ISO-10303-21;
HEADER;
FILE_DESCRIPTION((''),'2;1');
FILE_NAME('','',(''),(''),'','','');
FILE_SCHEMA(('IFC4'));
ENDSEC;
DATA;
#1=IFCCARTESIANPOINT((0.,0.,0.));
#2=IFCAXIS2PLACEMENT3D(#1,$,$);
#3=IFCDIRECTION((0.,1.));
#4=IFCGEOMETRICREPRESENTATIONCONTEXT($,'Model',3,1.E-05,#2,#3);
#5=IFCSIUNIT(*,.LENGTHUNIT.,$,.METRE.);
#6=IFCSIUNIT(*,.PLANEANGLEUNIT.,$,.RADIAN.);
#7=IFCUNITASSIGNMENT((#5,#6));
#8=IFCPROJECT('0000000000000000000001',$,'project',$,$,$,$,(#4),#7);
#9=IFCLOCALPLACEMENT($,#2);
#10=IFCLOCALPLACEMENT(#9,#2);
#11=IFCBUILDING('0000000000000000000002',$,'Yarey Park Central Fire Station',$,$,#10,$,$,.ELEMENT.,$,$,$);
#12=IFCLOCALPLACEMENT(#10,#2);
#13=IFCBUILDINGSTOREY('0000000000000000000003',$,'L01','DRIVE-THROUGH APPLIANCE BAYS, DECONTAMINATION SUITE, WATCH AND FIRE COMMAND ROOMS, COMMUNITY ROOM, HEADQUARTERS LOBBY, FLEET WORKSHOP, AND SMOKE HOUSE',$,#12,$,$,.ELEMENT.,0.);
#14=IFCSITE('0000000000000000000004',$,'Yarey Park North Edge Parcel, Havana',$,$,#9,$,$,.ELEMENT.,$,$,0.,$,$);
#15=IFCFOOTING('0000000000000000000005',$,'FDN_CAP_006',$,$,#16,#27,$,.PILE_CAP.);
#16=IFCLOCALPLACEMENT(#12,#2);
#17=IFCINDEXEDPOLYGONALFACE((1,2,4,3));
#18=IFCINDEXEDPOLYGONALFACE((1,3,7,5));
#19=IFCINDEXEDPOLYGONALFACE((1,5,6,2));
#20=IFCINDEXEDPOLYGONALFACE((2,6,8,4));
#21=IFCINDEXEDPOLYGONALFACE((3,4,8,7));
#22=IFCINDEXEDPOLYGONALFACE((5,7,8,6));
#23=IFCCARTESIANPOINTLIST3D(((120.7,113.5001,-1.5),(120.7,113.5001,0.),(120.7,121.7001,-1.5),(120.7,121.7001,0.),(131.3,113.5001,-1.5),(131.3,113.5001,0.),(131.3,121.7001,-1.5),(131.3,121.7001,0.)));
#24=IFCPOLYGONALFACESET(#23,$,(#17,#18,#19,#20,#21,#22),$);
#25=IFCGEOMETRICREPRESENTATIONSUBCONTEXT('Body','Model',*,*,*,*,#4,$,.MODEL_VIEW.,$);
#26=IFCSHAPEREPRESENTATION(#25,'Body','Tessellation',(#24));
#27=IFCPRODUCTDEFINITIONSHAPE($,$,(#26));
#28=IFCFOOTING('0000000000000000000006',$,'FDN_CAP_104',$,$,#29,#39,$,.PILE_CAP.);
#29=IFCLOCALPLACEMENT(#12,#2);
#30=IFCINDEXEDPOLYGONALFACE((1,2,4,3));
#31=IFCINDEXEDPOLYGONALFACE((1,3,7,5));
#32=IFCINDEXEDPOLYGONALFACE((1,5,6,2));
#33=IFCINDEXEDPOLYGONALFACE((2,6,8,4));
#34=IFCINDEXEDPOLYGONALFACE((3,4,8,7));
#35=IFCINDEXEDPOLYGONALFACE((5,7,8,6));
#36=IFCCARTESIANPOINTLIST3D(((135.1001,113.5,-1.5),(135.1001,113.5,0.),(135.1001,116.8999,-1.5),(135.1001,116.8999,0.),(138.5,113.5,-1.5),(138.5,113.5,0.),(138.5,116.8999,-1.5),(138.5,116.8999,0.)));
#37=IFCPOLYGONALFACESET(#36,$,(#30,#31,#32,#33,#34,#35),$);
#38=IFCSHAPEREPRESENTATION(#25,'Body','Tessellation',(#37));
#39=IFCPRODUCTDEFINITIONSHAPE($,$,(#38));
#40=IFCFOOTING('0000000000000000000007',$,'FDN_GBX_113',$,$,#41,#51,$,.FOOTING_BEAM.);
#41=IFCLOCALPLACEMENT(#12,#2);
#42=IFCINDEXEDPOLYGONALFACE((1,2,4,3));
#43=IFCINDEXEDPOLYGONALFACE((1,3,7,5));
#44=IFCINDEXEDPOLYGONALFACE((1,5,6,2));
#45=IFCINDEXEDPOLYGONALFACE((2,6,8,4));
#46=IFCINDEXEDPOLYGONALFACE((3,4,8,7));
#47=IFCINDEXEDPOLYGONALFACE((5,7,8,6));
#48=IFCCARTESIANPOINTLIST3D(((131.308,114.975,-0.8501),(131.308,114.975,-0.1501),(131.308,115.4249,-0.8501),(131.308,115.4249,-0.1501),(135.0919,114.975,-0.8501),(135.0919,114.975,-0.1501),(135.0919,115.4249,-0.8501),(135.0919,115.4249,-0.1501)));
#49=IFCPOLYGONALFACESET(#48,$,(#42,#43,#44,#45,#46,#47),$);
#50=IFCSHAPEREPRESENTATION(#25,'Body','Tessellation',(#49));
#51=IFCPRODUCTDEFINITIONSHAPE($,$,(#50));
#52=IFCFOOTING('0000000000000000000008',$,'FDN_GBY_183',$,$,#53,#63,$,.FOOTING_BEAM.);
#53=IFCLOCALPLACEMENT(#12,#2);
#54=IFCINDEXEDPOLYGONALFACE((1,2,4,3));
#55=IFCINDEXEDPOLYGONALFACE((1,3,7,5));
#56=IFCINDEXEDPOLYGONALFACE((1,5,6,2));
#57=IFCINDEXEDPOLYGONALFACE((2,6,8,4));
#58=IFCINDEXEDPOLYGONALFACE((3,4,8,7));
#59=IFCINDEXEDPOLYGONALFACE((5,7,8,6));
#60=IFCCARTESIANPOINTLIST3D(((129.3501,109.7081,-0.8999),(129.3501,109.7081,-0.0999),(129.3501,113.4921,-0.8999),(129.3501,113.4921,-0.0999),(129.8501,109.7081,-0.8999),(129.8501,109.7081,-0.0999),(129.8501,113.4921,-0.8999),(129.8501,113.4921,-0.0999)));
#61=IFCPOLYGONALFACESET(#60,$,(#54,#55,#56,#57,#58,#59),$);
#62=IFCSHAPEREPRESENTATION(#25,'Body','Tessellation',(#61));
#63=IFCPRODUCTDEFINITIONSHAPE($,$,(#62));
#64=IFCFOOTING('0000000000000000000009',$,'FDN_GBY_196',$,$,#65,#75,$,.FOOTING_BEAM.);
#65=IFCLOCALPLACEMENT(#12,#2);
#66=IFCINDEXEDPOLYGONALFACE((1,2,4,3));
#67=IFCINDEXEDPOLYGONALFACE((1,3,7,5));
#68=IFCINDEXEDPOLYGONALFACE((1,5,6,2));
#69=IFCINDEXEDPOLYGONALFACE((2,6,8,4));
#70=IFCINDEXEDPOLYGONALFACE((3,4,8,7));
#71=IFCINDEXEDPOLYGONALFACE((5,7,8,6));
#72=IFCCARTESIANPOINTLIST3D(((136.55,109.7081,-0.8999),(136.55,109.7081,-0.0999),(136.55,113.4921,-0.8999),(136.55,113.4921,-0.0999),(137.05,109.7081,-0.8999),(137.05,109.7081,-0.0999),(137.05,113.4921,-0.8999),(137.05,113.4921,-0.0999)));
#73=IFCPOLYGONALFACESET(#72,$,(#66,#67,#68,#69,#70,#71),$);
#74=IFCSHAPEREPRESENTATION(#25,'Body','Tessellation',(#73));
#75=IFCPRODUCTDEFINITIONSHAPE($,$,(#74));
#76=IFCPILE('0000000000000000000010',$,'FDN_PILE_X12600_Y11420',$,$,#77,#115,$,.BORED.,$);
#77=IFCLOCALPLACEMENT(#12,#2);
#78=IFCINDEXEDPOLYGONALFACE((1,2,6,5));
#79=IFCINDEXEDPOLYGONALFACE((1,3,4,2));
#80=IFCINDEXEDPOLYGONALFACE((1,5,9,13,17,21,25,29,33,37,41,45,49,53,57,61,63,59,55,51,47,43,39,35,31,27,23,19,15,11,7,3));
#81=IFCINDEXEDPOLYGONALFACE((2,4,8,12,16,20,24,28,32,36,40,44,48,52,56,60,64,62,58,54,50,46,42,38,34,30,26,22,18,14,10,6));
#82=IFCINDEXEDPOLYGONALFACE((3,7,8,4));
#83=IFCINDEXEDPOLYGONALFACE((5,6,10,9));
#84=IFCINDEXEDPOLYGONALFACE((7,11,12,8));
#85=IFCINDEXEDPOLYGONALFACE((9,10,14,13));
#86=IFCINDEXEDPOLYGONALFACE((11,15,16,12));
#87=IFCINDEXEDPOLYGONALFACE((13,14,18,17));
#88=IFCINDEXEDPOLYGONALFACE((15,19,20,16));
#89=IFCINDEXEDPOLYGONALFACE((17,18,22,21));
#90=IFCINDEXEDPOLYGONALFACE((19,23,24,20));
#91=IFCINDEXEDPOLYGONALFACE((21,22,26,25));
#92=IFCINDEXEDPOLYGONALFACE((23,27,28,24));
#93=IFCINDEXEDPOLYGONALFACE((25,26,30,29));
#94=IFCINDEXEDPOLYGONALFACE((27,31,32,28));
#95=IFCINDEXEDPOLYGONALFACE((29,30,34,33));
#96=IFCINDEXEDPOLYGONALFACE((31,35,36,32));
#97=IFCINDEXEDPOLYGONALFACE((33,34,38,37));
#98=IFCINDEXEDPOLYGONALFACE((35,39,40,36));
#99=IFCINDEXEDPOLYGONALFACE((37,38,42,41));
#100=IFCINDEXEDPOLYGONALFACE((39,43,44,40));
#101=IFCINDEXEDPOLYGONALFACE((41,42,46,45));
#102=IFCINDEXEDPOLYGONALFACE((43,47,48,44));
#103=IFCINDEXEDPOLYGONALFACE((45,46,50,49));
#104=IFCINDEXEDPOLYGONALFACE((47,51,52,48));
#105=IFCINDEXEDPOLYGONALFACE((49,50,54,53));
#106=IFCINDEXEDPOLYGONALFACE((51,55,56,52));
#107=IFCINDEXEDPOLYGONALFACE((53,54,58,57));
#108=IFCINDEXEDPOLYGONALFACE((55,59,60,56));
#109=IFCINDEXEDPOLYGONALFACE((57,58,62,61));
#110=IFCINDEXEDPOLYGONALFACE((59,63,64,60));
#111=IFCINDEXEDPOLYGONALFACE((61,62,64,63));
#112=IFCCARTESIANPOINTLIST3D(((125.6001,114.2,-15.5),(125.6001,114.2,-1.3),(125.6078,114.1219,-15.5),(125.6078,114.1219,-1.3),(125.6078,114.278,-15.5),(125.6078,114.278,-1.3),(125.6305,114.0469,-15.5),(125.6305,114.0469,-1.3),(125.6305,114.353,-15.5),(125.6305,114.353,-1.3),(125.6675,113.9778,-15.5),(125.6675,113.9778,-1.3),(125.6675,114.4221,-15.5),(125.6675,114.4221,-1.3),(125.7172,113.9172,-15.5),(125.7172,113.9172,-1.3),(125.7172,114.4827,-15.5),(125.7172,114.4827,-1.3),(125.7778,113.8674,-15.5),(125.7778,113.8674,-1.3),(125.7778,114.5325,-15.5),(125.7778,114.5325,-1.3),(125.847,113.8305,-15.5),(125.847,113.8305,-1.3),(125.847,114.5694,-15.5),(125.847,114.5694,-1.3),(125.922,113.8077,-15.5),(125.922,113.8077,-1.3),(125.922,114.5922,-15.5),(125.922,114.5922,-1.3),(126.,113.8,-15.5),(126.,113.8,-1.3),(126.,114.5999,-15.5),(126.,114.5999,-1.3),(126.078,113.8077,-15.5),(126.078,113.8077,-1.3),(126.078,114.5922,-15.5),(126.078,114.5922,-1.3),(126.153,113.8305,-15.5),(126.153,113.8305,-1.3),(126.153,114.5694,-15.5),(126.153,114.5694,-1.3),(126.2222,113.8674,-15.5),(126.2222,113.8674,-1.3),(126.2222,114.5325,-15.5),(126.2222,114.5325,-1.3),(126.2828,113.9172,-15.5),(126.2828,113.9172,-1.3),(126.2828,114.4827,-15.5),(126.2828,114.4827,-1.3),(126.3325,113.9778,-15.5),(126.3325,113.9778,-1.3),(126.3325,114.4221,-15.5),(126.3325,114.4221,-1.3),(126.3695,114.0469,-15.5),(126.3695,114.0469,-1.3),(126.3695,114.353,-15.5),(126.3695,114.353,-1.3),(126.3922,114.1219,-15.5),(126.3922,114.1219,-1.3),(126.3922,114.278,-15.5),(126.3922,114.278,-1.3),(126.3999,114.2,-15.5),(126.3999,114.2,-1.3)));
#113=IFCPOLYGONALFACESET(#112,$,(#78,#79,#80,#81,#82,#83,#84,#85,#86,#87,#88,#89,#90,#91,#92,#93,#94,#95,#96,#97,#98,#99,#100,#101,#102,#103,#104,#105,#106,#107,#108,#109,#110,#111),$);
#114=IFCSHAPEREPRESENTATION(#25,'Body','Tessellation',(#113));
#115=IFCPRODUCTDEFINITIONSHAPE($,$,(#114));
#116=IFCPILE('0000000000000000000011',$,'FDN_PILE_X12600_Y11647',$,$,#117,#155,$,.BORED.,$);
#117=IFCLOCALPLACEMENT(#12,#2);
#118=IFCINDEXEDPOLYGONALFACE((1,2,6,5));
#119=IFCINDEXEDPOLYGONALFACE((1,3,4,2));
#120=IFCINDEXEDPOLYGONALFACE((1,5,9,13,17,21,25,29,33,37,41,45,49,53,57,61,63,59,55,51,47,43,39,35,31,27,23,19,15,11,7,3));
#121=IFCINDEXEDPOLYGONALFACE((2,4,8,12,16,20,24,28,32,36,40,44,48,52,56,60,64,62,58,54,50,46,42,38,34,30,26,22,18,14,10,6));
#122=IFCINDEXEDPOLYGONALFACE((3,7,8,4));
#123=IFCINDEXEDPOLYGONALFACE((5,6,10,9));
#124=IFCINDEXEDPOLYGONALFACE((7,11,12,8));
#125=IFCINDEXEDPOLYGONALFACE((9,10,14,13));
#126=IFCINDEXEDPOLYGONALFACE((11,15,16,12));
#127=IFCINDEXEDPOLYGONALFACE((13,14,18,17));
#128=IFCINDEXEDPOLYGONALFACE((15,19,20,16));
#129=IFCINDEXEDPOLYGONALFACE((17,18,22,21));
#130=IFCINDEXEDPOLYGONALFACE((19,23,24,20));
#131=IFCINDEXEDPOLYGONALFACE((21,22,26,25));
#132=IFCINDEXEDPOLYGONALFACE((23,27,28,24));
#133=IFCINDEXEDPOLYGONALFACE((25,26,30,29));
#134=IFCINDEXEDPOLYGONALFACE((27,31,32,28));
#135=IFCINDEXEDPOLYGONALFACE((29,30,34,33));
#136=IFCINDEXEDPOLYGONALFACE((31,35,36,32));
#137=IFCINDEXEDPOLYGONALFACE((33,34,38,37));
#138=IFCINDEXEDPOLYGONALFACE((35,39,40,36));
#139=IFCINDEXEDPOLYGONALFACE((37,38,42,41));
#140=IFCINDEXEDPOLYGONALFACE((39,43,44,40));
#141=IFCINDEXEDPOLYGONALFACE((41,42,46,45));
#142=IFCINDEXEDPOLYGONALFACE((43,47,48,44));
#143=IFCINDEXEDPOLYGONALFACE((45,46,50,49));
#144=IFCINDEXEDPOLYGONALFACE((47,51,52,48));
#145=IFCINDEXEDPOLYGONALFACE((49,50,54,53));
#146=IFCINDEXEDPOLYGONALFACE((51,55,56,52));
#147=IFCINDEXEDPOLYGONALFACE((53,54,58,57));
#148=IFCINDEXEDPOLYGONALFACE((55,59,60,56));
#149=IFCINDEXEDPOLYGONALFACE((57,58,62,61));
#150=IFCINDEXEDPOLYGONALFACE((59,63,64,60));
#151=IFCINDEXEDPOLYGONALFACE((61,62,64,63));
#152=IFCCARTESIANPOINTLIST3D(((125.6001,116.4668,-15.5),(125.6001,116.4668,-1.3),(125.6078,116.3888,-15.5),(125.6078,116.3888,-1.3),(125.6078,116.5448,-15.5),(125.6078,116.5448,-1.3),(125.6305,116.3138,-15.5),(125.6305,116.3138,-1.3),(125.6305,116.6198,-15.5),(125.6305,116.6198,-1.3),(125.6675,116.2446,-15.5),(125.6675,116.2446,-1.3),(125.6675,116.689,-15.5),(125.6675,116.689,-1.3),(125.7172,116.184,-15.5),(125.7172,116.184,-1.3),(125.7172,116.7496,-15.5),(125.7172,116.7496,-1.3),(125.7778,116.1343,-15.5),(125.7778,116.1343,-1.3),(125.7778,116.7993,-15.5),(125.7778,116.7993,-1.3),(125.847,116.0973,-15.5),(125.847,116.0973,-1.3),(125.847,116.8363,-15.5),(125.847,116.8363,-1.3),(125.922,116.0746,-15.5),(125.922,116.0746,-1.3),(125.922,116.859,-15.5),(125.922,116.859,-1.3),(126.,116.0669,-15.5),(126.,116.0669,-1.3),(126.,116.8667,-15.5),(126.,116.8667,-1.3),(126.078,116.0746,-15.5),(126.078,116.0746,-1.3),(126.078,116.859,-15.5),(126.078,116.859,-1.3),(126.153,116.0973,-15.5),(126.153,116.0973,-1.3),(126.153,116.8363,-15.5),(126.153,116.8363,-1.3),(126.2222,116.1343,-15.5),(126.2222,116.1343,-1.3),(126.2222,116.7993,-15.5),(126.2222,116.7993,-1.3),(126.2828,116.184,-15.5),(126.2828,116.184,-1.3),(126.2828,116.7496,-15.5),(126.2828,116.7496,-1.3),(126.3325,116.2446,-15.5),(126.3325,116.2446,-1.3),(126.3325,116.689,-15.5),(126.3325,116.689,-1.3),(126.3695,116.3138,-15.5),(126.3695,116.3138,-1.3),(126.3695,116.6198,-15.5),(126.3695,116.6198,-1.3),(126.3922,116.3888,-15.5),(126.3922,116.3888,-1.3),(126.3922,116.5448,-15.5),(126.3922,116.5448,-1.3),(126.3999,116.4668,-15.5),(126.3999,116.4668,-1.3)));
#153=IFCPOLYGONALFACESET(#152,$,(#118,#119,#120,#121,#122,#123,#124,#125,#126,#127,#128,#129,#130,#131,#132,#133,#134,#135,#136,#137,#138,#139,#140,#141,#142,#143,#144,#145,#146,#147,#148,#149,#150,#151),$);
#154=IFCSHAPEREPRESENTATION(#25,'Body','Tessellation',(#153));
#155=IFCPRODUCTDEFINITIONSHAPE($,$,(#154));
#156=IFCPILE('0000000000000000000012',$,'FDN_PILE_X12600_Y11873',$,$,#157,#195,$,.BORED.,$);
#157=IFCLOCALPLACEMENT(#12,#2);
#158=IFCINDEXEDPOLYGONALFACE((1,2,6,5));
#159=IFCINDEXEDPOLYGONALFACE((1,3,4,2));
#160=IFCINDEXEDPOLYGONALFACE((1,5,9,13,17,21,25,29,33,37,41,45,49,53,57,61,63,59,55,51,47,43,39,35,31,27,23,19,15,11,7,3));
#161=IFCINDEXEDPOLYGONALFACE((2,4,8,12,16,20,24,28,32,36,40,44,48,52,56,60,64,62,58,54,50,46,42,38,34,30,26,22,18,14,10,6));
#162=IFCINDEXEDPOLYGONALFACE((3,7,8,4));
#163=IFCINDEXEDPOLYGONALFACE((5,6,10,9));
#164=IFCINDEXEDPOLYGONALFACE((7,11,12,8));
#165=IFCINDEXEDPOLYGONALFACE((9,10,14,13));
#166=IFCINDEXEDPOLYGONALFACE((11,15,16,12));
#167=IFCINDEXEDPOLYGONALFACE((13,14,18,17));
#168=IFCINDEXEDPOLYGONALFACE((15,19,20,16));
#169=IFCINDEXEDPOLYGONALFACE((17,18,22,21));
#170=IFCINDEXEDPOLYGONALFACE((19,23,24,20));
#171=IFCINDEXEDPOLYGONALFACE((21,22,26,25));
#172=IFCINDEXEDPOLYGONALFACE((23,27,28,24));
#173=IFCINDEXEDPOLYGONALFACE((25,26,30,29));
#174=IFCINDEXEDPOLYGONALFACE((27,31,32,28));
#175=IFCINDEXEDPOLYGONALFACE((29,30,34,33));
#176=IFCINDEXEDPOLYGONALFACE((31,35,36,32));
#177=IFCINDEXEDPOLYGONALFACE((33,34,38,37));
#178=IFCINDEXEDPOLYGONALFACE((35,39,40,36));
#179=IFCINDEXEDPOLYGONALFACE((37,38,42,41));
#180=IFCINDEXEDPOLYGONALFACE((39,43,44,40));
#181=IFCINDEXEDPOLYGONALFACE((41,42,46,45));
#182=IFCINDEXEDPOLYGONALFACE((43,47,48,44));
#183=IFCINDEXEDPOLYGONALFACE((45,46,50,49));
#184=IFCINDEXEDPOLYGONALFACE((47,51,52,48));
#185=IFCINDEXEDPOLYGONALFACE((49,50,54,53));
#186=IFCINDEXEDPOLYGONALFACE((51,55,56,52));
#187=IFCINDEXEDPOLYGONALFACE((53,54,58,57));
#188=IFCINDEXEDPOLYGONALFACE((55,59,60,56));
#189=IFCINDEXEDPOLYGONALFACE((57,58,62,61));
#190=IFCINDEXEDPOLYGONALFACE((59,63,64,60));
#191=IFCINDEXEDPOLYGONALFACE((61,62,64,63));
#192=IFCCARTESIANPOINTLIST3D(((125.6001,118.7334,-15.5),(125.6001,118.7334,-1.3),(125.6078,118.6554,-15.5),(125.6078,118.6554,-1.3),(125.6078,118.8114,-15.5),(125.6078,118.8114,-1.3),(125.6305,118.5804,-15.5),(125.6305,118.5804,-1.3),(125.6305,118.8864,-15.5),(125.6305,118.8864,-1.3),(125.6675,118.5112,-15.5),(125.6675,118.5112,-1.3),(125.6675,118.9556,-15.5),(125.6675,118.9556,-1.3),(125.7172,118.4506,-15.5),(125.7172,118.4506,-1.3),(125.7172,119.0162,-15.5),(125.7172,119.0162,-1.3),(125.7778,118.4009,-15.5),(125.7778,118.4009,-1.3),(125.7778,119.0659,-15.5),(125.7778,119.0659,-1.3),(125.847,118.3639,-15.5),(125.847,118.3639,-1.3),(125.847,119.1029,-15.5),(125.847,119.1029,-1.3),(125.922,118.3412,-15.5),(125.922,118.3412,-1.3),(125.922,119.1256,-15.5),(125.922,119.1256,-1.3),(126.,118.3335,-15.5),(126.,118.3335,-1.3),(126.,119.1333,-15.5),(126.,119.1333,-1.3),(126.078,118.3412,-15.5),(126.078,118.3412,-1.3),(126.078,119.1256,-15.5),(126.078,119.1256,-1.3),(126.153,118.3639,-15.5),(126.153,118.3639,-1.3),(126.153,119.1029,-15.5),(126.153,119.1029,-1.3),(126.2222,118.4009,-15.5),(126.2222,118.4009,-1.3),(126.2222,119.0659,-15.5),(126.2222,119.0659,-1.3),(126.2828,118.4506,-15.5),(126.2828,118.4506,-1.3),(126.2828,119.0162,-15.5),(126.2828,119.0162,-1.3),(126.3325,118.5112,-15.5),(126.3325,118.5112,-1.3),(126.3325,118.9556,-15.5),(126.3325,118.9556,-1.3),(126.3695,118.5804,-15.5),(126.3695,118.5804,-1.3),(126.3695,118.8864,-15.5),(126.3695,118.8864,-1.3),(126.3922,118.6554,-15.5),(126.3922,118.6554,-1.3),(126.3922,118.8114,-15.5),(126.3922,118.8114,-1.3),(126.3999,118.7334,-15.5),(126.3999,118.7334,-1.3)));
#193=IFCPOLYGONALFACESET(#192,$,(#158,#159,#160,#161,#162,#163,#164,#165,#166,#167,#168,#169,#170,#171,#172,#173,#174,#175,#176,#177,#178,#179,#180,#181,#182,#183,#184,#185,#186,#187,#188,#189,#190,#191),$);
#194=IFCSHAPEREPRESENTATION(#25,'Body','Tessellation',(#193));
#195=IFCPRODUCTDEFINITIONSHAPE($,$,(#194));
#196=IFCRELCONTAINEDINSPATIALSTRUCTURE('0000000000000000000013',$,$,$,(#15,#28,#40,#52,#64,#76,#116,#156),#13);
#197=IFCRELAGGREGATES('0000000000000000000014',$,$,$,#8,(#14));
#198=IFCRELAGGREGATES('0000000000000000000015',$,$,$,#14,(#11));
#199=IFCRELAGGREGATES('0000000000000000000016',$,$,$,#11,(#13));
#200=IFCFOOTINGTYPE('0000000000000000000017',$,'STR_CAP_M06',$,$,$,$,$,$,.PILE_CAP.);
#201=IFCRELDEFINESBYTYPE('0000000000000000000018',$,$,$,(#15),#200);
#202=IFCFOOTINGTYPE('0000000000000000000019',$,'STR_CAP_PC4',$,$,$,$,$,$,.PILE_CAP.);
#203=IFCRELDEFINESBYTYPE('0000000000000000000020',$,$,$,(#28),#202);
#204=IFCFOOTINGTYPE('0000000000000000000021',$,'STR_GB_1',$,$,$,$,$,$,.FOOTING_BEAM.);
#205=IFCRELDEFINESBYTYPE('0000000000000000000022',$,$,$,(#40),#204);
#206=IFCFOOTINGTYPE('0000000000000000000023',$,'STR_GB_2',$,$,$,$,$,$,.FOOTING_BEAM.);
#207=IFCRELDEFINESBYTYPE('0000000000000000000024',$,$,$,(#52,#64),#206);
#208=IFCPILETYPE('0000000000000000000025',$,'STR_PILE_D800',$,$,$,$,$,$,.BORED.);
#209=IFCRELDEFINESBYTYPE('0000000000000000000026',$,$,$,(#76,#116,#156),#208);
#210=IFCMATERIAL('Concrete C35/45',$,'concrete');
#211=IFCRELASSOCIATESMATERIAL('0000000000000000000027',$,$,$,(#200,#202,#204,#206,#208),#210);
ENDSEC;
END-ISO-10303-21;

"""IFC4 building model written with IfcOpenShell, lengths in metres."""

from ifc_helpers import new_model, si_unit, direction, frame, origin, origin_2d, place, context, subcontext, project, spatial, rectangle, circle, extrude, material, material_profile, profile_set, type_object, element, save


model = new_model("IFC4")

# Units and contexts
model_context = context("Model", 3, precision=1e-05, world=origin(), true_north=direction((0.0, 1.0)))
body_context = subcontext(model_context, "Body", "Model", "MODEL_VIEW")
ifc_project = project(units=[si_unit("LENGTHUNIT", "METRE"), si_unit("PLANEANGLEUNIT", "RADIAN")], contexts=[model_context])

# Site, building, storey
site_placement = place(None, origin())
site = spatial("IfcSite", under=ifc_project, at=site_placement, Name="Yarey Park North Edge Parcel, Havana", CompositionType="ELEMENT", RefElevation=0.0)
building_placement = place(site_placement, origin())
building = spatial("IfcBuilding", under=site, at=building_placement, Name="Yarey Park Central Fire Station", CompositionType="ELEMENT")
storey_placement = place(building_placement, origin())
storey = spatial("IfcBuildingStorey", under=building, at=storey_placement, Name="L01", Description="DRIVE-THROUGH APPLIANCE BAYS, DECONTAMINATION SUITE, WATCH AND FIRE COMMAND ROOMS, COMMUNITY ROOM, HEADQUARTERS LOBBY, FLEET WORKSHOP, AND SMOKE HOUSE", CompositionType="ELEMENT", Elevation=0.0)

# Footings
ifc_material_1 = material(Name="Concrete C35/45", Category="concrete")
footing_type_1 = type_object("IfcFootingType", Name="STR_CAP_M06", PredefinedType="PILE_CAP", material=ifc_material_1)
footing_1_placement = place(storey_placement, frame((126.0, 117.6001, -1.5), z_axis=(0.0, 0.0, 1.0), x_axis=(1.0, 0.0, 0.0)))
element("IfcFooting", 1, at=footing_1_placement, inside=storey, type_object=footing_type_1, Name="FDN_CAP_006", PredefinedType="PILE_CAP", context=body_context, shape_type="SweptSolid", body=[
    extrude(rectangle(XDim=10.6001, YDim=8.2, at=origin_2d()), origin(), (0.0, 0.0, 1.0), 1.5),
])
footing_type_2 = type_object("IfcFootingType", Name="STR_CAP_PC4", PredefinedType="PILE_CAP", material=ifc_material_1)
footing_2_placement = place(storey_placement, frame((136.8, 115.2, -1.5), z_axis=(0.0, 0.0, 1.0), x_axis=(1.0, 0.0, 0.0)))
element("IfcFooting", 2, at=footing_2_placement, inside=storey, type_object=footing_type_2, Name="FDN_CAP_104", PredefinedType="PILE_CAP", context=body_context, shape_type="SweptSolid", body=[
    extrude(rectangle(XDim=3.3999, YDim=3.3999, at=origin_2d()), origin(), (0.0, 0.0, 1.0), 1.5),
])
footing_type_3 = type_object("IfcFootingType", Name="STR_GB_1", PredefinedType="FOOTING_BEAM", material=ifc_material_1)
footing_3_placement = place(storey_placement, frame((133.2, 115.2, -0.8501), z_axis=(0.0, 0.0, 1.0), x_axis=(1.0, 0.0, 0.0)))
element("IfcFooting", 3, at=footing_3_placement, inside=storey, type_object=footing_type_3, Name="FDN_GBX_113", PredefinedType="FOOTING_BEAM", context=body_context, shape_type="SweptSolid", body=[
    extrude(rectangle(XDim=3.7839, YDim=0.45, at=origin_2d()), origin(), (0.0, 0.0, 1.0), 0.7),
])
footing_type_4 = type_object("IfcFootingType", Name="STR_GB_2", PredefinedType="FOOTING_BEAM", material=ifc_material_1)
for number, where, z_axis, x_axis, name in (
    (4, (129.6001, 111.6001, -0.8999), (0.0, 0.0, 1.0), (1.0, 0.0, 0.0), "FDN_GBY_183"),
    (5, (136.8, 111.6001, -0.8999), (0.0, 0.0, 1.0), (1.0, 0.0, 0.0), "FDN_GBY_196"),
):
    element("IfcFooting", number, at=place(storey_placement, frame(where, z_axis=z_axis, x_axis=x_axis)), inside=storey, type_object=footing_type_4, Name=name, PredefinedType="FOOTING_BEAM", context=body_context, shape_type="SweptSolid", body=[
        extrude(rectangle(XDim=0.5, YDim=3.7839, at=origin_2d()), origin(), (0.0, 0.0, 1.0), 0.8),
    ])

# Piles
ifc_material_profile_1 = material_profile(ifc_material_1, circle(Radius=0.3999, at=origin_2d()), Name="BORED PILE D800")
ifc_profile_set_1 = profile_set([ifc_material_profile_1], Name="Concrete C35/45")
pile_type = type_object("IfcPileType", Name="STR_PILE_D800", PredefinedType="BORED", material=ifc_profile_set_1)
for number, where, z_axis, x_axis, name in (
    (6, (126.0, 114.2, -1.3), (0.0, 0.0, -1.0), (1.0, 0.0, 0.0), "FDN_PILE_X12600_Y11420"),
    (7, (126.0, 116.4668, -1.3), (0.0, 0.0, -1.0), (1.0, 0.0, 0.0), "FDN_PILE_X12600_Y11647"),
    (8, (126.0, 118.7334, -1.3), (0.0, 0.0, -1.0), (1.0, 0.0, 0.0), "FDN_PILE_X12600_Y11873"),
):
    element("IfcPile", number, at=place(storey_placement, frame(where, z_axis=z_axis, x_axis=x_axis)), inside=storey, type_object=pile_type, Name=name, PredefinedType="BORED", context=body_context, shape_type="SweptSolid", body=[
        extrude(circle(Radius=0.3999, at=origin_2d()), origin(), (0.0, 0.0, 1.0), 14.2),
    ])

save(model, "model.ifc")
